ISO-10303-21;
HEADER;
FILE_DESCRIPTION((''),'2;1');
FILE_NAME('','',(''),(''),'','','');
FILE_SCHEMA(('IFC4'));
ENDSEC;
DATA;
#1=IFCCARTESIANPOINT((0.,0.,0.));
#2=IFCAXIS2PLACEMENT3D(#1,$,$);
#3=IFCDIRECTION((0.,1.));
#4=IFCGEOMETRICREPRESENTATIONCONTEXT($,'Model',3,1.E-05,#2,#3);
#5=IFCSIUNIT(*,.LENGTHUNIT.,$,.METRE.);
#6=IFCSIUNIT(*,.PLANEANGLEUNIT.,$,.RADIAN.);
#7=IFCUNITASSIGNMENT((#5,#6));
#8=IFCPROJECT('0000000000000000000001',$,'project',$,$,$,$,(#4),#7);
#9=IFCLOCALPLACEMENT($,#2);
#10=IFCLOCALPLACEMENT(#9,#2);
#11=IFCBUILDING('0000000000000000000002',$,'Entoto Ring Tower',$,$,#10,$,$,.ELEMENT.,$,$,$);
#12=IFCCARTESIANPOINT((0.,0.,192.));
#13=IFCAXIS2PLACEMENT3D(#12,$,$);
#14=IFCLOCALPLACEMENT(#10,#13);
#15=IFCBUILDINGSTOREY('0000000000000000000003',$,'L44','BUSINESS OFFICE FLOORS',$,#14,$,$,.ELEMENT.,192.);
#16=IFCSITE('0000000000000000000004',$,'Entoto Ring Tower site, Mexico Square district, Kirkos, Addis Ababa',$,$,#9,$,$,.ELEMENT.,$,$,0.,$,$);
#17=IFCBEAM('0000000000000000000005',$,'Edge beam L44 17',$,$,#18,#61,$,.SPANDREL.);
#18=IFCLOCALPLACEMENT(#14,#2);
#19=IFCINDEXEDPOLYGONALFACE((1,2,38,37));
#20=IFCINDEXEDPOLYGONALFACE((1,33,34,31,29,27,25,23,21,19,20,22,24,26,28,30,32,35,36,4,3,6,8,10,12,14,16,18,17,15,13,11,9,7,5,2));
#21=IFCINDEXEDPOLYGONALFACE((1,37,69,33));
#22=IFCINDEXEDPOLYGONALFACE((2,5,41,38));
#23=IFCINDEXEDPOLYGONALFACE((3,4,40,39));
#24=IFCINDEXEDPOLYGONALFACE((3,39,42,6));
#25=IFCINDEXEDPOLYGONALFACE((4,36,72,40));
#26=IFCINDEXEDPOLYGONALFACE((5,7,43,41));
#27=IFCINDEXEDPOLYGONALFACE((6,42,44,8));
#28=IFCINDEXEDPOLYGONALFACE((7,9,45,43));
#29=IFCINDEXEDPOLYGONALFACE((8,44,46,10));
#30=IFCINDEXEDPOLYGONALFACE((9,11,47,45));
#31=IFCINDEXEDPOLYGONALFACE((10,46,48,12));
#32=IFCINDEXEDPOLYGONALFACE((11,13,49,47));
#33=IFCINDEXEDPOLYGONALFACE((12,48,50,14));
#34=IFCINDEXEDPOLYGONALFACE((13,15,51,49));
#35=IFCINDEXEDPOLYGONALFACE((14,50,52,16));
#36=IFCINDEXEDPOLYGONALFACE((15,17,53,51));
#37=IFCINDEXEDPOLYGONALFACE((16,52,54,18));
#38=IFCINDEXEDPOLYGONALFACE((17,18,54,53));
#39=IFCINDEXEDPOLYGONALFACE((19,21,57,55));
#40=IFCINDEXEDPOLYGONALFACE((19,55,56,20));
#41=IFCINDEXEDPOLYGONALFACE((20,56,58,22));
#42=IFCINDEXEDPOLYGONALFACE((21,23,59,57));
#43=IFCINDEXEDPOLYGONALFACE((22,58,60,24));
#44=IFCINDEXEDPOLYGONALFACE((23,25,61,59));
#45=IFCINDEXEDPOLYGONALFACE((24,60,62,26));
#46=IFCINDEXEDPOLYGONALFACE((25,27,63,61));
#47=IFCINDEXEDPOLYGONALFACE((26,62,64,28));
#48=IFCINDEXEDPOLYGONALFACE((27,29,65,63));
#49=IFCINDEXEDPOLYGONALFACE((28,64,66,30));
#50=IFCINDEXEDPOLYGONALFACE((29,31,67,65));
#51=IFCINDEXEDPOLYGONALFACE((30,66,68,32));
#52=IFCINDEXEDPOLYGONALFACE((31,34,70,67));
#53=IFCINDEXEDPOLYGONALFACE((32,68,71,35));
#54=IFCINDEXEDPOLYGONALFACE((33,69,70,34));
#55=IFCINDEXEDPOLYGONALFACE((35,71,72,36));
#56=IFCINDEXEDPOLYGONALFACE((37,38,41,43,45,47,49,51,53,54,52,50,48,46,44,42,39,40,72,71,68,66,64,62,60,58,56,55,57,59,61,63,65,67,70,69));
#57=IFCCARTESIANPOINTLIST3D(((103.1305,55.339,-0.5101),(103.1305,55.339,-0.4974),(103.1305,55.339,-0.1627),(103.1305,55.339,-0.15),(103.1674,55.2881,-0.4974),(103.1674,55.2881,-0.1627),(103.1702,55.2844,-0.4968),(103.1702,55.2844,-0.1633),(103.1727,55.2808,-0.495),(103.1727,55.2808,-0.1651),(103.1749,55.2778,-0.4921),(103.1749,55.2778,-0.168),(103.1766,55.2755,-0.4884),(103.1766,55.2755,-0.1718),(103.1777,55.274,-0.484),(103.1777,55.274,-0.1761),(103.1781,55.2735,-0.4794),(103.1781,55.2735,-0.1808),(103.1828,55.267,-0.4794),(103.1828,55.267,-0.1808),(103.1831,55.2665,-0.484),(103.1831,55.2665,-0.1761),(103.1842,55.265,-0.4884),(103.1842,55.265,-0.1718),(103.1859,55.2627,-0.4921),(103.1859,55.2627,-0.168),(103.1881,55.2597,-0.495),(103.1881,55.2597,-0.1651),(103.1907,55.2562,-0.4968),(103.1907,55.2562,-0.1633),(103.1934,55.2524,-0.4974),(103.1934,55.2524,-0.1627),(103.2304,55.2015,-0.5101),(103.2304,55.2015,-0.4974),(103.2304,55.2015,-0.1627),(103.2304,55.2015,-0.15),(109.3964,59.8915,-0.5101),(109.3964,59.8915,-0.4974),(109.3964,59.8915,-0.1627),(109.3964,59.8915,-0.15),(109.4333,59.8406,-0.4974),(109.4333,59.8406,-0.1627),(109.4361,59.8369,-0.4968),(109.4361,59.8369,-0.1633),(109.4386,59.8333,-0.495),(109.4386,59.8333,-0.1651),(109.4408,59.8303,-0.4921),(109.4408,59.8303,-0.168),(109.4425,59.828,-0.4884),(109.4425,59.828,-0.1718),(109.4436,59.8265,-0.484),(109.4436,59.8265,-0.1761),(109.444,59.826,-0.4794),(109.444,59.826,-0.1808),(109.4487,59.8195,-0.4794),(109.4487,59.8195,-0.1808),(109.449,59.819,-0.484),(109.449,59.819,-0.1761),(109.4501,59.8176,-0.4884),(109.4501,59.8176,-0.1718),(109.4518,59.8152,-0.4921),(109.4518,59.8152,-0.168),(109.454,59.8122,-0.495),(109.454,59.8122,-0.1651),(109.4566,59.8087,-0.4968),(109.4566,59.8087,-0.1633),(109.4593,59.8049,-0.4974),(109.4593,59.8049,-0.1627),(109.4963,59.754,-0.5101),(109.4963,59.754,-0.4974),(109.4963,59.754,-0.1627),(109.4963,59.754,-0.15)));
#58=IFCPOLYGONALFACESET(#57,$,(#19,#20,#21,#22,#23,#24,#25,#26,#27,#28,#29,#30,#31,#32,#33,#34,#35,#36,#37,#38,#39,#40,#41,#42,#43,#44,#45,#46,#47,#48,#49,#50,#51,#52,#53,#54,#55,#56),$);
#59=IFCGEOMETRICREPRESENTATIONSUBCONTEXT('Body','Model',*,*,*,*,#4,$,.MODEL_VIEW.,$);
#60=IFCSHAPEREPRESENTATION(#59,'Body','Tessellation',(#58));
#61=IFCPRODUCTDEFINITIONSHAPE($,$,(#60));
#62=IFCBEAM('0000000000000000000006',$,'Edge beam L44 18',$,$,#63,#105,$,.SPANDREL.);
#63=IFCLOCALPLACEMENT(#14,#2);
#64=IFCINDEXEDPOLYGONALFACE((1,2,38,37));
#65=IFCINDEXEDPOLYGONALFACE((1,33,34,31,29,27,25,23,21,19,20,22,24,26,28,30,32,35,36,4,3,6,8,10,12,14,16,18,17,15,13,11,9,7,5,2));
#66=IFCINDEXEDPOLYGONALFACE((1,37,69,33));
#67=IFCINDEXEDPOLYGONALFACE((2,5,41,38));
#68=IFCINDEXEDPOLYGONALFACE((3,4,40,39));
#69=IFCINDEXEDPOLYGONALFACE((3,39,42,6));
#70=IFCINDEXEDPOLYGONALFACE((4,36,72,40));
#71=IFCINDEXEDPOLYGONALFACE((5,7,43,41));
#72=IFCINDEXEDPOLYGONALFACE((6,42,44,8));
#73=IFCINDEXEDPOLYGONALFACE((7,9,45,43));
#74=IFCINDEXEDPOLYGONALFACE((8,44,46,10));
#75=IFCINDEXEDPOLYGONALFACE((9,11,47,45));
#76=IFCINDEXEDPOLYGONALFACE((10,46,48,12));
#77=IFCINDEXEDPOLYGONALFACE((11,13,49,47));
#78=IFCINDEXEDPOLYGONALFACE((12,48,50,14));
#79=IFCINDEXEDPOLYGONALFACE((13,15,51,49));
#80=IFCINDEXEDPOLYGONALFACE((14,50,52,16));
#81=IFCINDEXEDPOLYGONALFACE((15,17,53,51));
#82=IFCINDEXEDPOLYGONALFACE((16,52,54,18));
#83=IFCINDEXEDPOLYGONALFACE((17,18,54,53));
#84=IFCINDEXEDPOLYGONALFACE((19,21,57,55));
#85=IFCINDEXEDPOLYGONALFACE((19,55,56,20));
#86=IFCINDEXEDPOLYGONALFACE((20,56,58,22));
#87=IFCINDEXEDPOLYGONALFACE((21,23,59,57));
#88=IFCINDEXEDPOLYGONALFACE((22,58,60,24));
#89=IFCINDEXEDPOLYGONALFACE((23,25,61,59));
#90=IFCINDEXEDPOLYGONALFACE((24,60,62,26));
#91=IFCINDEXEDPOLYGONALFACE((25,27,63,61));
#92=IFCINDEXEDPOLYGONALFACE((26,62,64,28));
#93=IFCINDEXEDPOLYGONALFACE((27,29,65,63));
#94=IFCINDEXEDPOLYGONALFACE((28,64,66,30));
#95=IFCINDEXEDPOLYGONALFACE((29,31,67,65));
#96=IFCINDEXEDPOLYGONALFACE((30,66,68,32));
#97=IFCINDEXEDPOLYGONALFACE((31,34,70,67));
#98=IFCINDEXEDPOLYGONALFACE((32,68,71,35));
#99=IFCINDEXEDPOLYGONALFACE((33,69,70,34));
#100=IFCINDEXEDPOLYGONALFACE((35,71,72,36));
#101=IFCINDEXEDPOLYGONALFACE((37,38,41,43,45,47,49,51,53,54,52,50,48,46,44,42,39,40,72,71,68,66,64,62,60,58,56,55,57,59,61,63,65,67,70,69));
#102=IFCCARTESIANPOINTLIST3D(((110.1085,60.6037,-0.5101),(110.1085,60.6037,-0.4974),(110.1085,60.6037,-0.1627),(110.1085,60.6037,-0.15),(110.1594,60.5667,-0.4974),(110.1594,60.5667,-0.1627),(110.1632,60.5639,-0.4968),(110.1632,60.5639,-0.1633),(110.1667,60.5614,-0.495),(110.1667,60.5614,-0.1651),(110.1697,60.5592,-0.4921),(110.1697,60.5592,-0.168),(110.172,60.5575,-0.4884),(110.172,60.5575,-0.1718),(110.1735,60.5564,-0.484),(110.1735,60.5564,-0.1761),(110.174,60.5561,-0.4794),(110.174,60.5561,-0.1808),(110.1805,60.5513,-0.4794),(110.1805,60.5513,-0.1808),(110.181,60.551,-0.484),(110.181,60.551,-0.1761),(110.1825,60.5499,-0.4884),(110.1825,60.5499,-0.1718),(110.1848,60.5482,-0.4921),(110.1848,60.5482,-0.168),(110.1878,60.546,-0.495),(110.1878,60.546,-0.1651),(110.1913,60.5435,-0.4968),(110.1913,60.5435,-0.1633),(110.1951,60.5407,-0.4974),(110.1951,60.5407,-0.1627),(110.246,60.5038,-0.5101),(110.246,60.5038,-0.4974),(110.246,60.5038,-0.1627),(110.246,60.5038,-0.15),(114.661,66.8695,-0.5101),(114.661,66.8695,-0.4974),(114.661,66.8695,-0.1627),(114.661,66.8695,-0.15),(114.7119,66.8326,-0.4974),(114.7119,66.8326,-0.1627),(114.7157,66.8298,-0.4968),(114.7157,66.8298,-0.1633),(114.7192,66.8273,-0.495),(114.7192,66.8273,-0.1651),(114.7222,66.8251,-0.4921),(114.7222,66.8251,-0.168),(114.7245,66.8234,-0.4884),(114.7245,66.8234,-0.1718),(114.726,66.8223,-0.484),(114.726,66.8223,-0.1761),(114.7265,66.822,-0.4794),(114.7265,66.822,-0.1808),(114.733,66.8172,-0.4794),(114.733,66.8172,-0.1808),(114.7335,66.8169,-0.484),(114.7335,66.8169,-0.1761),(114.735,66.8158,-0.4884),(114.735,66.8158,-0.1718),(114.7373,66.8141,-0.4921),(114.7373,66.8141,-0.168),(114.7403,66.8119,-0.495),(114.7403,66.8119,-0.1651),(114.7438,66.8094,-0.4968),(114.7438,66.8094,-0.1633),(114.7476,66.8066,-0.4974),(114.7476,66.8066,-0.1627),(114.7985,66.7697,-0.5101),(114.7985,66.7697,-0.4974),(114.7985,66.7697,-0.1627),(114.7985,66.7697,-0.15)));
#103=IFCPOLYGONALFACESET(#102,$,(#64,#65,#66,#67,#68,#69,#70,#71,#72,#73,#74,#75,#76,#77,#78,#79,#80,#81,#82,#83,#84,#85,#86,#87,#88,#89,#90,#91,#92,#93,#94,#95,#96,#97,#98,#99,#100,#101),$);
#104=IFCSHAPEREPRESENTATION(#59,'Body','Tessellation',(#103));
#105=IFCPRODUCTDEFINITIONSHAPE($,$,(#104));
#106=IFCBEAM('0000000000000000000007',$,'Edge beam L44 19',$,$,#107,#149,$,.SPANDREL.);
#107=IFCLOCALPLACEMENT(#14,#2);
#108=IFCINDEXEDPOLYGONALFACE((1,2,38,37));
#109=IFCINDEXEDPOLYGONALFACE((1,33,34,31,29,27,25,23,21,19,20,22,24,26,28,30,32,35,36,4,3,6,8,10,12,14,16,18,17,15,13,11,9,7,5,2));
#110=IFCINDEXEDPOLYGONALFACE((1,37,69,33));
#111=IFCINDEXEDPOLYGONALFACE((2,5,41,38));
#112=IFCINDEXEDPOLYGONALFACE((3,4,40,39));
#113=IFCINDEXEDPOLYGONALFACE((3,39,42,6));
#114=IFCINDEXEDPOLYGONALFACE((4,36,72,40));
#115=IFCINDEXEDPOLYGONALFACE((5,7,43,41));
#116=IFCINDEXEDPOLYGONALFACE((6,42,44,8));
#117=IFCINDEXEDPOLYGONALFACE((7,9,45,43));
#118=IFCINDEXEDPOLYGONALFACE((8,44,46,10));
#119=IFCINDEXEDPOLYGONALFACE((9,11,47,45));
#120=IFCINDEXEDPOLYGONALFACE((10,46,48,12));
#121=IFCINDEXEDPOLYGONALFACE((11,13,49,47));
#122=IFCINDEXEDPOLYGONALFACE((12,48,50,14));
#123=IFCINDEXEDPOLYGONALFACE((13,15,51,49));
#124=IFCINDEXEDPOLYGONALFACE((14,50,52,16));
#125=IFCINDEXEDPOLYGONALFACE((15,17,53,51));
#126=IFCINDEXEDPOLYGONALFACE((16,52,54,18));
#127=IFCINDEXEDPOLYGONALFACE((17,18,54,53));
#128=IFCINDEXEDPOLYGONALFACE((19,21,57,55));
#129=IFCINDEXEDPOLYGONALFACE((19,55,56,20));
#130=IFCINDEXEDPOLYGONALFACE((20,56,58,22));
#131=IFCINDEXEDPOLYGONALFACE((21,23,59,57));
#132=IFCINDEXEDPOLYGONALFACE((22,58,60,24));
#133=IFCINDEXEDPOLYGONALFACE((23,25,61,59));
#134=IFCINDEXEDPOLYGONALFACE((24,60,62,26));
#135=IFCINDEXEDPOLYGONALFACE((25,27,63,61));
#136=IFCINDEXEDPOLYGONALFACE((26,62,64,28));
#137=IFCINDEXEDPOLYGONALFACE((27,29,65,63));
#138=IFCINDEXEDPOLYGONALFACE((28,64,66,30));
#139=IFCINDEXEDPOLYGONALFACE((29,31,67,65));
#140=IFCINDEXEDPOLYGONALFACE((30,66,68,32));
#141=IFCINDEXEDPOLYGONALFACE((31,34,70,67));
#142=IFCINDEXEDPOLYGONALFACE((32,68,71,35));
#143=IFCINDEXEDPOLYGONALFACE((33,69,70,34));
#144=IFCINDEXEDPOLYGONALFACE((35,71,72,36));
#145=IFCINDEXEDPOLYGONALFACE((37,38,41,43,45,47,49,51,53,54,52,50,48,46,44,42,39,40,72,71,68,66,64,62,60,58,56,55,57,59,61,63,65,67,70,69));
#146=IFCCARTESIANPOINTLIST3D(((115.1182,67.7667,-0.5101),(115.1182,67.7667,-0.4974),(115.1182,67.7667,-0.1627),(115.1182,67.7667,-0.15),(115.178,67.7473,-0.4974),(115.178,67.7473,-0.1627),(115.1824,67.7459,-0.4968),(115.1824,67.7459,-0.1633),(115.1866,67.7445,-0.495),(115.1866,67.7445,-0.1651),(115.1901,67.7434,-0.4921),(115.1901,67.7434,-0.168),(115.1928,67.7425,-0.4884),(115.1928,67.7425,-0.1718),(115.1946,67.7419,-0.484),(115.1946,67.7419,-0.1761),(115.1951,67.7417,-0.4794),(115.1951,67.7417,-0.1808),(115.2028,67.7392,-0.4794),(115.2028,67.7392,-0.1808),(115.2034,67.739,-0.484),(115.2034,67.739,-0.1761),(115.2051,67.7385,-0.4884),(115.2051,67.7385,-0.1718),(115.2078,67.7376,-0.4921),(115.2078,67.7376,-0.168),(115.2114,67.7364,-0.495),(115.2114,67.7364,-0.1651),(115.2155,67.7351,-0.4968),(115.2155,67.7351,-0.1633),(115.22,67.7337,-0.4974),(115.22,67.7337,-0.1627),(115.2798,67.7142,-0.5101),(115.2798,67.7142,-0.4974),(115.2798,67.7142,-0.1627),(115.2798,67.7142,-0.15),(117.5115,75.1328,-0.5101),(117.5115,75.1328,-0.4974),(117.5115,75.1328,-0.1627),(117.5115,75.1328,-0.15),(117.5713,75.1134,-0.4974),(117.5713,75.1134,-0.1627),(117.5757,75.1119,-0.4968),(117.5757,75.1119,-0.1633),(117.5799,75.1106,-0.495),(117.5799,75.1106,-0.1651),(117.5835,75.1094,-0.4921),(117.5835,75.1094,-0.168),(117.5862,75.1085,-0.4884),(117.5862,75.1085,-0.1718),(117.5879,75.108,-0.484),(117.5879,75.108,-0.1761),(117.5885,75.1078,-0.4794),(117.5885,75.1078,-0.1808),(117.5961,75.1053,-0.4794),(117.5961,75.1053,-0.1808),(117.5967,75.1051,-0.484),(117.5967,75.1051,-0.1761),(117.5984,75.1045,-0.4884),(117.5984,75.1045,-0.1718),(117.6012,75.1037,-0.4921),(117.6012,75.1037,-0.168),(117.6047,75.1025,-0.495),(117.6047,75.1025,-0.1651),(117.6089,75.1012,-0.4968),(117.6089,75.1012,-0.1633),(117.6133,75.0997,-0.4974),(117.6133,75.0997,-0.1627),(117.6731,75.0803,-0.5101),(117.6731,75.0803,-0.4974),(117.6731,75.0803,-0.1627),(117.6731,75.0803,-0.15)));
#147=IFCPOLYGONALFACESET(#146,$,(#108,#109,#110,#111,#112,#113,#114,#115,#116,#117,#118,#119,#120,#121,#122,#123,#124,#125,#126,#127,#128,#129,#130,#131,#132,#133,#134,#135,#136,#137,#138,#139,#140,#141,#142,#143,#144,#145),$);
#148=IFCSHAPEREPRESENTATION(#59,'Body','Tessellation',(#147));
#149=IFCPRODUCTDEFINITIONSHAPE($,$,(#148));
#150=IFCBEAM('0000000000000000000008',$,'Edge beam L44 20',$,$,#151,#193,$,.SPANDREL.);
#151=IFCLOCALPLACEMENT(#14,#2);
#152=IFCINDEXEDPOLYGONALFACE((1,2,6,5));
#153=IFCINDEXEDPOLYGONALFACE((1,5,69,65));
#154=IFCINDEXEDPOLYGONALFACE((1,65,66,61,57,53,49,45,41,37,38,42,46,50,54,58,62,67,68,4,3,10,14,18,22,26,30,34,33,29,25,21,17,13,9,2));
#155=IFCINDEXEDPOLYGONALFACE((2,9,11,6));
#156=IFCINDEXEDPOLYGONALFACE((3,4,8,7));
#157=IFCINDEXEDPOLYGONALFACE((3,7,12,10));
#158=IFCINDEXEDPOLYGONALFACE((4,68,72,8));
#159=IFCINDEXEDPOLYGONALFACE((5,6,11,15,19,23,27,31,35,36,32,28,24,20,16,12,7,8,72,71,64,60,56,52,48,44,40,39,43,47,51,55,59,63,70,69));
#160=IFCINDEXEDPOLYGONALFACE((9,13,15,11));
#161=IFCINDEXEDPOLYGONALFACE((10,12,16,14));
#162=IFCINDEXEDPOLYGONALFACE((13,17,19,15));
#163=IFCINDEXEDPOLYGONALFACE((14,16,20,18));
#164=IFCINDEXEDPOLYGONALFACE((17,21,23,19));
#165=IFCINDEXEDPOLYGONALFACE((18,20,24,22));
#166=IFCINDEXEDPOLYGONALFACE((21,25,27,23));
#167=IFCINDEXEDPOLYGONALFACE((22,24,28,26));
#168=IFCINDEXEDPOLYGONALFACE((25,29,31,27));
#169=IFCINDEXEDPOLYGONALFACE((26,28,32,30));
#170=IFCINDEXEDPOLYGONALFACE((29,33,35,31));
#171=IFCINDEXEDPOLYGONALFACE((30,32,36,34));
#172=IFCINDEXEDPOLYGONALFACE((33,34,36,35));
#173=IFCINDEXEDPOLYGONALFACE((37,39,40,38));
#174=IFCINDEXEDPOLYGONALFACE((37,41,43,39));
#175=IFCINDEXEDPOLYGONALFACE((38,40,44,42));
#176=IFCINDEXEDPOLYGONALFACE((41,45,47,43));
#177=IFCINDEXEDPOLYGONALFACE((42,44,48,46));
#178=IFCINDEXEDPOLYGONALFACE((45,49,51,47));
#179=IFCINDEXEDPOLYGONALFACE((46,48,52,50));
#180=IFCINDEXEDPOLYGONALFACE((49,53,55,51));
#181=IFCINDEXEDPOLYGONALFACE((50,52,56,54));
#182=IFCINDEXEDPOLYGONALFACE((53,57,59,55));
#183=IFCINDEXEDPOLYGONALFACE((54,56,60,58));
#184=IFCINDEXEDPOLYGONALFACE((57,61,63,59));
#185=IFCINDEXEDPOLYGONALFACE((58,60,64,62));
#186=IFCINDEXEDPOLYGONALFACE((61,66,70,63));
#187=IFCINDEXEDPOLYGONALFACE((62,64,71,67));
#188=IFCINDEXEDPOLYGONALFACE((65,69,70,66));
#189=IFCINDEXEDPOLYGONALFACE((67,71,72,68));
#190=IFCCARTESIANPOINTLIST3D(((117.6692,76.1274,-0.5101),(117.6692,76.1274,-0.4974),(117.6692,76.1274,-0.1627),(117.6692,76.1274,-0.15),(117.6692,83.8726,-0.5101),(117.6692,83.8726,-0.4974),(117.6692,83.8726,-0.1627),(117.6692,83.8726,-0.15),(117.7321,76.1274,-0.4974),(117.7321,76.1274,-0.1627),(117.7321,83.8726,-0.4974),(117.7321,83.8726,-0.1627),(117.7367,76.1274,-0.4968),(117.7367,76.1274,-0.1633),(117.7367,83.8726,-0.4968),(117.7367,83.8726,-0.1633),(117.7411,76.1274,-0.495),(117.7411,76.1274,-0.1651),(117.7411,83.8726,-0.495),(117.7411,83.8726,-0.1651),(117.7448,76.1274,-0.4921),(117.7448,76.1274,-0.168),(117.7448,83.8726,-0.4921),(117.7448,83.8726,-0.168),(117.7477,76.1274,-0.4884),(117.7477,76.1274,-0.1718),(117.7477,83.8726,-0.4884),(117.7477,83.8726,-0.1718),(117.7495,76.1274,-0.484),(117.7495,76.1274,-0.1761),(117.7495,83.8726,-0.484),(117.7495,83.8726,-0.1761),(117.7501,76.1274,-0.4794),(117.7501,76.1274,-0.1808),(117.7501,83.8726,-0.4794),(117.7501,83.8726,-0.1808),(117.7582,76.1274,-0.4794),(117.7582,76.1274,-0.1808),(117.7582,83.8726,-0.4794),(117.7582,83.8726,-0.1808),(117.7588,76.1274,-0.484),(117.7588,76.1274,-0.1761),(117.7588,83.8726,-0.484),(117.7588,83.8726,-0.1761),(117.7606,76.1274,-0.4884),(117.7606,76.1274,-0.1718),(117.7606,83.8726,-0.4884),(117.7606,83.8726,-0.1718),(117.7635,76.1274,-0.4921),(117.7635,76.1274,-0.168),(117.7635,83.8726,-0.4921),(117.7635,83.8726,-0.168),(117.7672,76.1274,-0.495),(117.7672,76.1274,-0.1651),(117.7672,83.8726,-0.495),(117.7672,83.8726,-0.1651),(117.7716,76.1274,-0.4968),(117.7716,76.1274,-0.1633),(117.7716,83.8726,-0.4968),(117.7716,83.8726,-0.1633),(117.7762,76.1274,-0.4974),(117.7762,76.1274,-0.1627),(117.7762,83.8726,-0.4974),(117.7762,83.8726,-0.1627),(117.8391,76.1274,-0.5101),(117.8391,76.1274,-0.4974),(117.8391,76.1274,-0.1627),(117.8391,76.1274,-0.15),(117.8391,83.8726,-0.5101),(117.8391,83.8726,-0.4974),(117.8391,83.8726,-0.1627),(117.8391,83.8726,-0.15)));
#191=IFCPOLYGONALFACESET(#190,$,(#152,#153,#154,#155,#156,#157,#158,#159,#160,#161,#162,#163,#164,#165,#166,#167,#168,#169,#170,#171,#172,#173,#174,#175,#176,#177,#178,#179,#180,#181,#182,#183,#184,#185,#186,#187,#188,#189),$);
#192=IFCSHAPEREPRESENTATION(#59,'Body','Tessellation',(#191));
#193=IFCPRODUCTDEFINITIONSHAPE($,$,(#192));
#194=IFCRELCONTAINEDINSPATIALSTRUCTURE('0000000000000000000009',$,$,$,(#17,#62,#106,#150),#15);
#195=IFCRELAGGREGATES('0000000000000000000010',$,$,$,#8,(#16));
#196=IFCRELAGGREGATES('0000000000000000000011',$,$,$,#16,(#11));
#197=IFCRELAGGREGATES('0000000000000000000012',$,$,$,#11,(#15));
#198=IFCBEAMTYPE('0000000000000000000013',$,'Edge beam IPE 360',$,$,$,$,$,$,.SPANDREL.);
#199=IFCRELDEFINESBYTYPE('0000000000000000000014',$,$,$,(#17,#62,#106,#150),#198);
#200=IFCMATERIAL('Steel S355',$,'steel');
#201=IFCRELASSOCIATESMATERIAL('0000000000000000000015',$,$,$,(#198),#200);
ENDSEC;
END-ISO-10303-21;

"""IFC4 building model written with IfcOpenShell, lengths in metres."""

from ifc_helpers import new_model, si_unit, direction, frame, origin, origin_2d, place, context, subcontext, project, spatial, i_section, extrude, material, material_profile, profile_set, type_object, element, save


model = new_model("IFC4")

# Units and contexts
model_context = context("Model", 3, precision=1e-05, world=origin(), true_north=direction((0.0, 1.0)))
body_context = subcontext(model_context, "Body", "Model", "MODEL_VIEW")
ifc_project = project(units=[si_unit("LENGTHUNIT", "METRE"), si_unit("PLANEANGLEUNIT", "RADIAN")], contexts=[model_context])

# Site, building, storey
site_placement = place(None, origin())
site = spatial("IfcSite", under=ifc_project, at=site_placement, Name="Entoto Ring Tower site, Mexico Square district, Kirkos, Addis Ababa", CompositionType="ELEMENT", RefElevation=0.0)
building_placement = place(site_placement, origin())
building = spatial("IfcBuilding", under=site, at=building_placement, Name="Entoto Ring Tower", CompositionType="ELEMENT")
storey_placement = place(building_placement, frame((0.0, 0.0, 192.0)))
storey = spatial("IfcBuildingStorey", under=building, at=storey_placement, Name="L44", Description="BUSINESS OFFICE FLOORS", CompositionType="ELEMENT", Elevation=192.0)

# Beams
ifc_material_1 = material(Name="Steel S355", Category="steel")
ifc_material_profile_1 = material_profile(ifc_material_1, i_section(OverallWidth=0.1699, OverallDepth=0.3601, WebThickness=0.0081, FlangeThickness=0.0127, FilletRadius=0.0181, at=origin_2d()), Name="IPE 360")
ifc_profile_set_1 = profile_set([ifc_material_profile_1], Name="Steel S355")
beam_type_1 = type_object("IfcBeamType", Name="Edge beam IPE 360", PredefinedType="SPANDREL", material=ifc_profile_set_1)
for number, where, z_axis, x_axis, name in (
    (1, (103.1804, 55.2703, -0.3301), (0.809013, 0.587791, 0.0), (-0.587791, 0.809013, 0.0), "Edge beam L44 17"),
    (2, (110.1772, 60.5537, -0.3301), (0.587791, 0.809013, 0.0), (-0.809013, 0.587791, 0.0), "Edge beam L44 18"),
    (3, (115.199, 67.7405, -0.3301), (0.309013, 0.951058, 0.0), (-0.951058, 0.309013, 0.0), "Edge beam L44 19"),
    (4, (117.7542, 76.1274, -0.3301), (0.0, 1.0, 0.0), (-1.0, 0.0, 0.0), "Edge beam L44 20"),
):
    element("IfcBeam", number, at=place(storey_placement, frame(where, z_axis=z_axis, x_axis=x_axis)), inside=storey, type_object=beam_type_1, Name=name, PredefinedType="SPANDREL", context=body_context, shape_type="SweptSolid", body=[
        extrude(i_section(OverallWidth=0.1699, OverallDepth=0.3601, WebThickness=0.0081, FlangeThickness=0.0127, FilletRadius=0.0181, at=origin_2d()), origin(), (0.0, 0.0, 1.0), 7.7451),
    ])

save(model, "model.ifc")
